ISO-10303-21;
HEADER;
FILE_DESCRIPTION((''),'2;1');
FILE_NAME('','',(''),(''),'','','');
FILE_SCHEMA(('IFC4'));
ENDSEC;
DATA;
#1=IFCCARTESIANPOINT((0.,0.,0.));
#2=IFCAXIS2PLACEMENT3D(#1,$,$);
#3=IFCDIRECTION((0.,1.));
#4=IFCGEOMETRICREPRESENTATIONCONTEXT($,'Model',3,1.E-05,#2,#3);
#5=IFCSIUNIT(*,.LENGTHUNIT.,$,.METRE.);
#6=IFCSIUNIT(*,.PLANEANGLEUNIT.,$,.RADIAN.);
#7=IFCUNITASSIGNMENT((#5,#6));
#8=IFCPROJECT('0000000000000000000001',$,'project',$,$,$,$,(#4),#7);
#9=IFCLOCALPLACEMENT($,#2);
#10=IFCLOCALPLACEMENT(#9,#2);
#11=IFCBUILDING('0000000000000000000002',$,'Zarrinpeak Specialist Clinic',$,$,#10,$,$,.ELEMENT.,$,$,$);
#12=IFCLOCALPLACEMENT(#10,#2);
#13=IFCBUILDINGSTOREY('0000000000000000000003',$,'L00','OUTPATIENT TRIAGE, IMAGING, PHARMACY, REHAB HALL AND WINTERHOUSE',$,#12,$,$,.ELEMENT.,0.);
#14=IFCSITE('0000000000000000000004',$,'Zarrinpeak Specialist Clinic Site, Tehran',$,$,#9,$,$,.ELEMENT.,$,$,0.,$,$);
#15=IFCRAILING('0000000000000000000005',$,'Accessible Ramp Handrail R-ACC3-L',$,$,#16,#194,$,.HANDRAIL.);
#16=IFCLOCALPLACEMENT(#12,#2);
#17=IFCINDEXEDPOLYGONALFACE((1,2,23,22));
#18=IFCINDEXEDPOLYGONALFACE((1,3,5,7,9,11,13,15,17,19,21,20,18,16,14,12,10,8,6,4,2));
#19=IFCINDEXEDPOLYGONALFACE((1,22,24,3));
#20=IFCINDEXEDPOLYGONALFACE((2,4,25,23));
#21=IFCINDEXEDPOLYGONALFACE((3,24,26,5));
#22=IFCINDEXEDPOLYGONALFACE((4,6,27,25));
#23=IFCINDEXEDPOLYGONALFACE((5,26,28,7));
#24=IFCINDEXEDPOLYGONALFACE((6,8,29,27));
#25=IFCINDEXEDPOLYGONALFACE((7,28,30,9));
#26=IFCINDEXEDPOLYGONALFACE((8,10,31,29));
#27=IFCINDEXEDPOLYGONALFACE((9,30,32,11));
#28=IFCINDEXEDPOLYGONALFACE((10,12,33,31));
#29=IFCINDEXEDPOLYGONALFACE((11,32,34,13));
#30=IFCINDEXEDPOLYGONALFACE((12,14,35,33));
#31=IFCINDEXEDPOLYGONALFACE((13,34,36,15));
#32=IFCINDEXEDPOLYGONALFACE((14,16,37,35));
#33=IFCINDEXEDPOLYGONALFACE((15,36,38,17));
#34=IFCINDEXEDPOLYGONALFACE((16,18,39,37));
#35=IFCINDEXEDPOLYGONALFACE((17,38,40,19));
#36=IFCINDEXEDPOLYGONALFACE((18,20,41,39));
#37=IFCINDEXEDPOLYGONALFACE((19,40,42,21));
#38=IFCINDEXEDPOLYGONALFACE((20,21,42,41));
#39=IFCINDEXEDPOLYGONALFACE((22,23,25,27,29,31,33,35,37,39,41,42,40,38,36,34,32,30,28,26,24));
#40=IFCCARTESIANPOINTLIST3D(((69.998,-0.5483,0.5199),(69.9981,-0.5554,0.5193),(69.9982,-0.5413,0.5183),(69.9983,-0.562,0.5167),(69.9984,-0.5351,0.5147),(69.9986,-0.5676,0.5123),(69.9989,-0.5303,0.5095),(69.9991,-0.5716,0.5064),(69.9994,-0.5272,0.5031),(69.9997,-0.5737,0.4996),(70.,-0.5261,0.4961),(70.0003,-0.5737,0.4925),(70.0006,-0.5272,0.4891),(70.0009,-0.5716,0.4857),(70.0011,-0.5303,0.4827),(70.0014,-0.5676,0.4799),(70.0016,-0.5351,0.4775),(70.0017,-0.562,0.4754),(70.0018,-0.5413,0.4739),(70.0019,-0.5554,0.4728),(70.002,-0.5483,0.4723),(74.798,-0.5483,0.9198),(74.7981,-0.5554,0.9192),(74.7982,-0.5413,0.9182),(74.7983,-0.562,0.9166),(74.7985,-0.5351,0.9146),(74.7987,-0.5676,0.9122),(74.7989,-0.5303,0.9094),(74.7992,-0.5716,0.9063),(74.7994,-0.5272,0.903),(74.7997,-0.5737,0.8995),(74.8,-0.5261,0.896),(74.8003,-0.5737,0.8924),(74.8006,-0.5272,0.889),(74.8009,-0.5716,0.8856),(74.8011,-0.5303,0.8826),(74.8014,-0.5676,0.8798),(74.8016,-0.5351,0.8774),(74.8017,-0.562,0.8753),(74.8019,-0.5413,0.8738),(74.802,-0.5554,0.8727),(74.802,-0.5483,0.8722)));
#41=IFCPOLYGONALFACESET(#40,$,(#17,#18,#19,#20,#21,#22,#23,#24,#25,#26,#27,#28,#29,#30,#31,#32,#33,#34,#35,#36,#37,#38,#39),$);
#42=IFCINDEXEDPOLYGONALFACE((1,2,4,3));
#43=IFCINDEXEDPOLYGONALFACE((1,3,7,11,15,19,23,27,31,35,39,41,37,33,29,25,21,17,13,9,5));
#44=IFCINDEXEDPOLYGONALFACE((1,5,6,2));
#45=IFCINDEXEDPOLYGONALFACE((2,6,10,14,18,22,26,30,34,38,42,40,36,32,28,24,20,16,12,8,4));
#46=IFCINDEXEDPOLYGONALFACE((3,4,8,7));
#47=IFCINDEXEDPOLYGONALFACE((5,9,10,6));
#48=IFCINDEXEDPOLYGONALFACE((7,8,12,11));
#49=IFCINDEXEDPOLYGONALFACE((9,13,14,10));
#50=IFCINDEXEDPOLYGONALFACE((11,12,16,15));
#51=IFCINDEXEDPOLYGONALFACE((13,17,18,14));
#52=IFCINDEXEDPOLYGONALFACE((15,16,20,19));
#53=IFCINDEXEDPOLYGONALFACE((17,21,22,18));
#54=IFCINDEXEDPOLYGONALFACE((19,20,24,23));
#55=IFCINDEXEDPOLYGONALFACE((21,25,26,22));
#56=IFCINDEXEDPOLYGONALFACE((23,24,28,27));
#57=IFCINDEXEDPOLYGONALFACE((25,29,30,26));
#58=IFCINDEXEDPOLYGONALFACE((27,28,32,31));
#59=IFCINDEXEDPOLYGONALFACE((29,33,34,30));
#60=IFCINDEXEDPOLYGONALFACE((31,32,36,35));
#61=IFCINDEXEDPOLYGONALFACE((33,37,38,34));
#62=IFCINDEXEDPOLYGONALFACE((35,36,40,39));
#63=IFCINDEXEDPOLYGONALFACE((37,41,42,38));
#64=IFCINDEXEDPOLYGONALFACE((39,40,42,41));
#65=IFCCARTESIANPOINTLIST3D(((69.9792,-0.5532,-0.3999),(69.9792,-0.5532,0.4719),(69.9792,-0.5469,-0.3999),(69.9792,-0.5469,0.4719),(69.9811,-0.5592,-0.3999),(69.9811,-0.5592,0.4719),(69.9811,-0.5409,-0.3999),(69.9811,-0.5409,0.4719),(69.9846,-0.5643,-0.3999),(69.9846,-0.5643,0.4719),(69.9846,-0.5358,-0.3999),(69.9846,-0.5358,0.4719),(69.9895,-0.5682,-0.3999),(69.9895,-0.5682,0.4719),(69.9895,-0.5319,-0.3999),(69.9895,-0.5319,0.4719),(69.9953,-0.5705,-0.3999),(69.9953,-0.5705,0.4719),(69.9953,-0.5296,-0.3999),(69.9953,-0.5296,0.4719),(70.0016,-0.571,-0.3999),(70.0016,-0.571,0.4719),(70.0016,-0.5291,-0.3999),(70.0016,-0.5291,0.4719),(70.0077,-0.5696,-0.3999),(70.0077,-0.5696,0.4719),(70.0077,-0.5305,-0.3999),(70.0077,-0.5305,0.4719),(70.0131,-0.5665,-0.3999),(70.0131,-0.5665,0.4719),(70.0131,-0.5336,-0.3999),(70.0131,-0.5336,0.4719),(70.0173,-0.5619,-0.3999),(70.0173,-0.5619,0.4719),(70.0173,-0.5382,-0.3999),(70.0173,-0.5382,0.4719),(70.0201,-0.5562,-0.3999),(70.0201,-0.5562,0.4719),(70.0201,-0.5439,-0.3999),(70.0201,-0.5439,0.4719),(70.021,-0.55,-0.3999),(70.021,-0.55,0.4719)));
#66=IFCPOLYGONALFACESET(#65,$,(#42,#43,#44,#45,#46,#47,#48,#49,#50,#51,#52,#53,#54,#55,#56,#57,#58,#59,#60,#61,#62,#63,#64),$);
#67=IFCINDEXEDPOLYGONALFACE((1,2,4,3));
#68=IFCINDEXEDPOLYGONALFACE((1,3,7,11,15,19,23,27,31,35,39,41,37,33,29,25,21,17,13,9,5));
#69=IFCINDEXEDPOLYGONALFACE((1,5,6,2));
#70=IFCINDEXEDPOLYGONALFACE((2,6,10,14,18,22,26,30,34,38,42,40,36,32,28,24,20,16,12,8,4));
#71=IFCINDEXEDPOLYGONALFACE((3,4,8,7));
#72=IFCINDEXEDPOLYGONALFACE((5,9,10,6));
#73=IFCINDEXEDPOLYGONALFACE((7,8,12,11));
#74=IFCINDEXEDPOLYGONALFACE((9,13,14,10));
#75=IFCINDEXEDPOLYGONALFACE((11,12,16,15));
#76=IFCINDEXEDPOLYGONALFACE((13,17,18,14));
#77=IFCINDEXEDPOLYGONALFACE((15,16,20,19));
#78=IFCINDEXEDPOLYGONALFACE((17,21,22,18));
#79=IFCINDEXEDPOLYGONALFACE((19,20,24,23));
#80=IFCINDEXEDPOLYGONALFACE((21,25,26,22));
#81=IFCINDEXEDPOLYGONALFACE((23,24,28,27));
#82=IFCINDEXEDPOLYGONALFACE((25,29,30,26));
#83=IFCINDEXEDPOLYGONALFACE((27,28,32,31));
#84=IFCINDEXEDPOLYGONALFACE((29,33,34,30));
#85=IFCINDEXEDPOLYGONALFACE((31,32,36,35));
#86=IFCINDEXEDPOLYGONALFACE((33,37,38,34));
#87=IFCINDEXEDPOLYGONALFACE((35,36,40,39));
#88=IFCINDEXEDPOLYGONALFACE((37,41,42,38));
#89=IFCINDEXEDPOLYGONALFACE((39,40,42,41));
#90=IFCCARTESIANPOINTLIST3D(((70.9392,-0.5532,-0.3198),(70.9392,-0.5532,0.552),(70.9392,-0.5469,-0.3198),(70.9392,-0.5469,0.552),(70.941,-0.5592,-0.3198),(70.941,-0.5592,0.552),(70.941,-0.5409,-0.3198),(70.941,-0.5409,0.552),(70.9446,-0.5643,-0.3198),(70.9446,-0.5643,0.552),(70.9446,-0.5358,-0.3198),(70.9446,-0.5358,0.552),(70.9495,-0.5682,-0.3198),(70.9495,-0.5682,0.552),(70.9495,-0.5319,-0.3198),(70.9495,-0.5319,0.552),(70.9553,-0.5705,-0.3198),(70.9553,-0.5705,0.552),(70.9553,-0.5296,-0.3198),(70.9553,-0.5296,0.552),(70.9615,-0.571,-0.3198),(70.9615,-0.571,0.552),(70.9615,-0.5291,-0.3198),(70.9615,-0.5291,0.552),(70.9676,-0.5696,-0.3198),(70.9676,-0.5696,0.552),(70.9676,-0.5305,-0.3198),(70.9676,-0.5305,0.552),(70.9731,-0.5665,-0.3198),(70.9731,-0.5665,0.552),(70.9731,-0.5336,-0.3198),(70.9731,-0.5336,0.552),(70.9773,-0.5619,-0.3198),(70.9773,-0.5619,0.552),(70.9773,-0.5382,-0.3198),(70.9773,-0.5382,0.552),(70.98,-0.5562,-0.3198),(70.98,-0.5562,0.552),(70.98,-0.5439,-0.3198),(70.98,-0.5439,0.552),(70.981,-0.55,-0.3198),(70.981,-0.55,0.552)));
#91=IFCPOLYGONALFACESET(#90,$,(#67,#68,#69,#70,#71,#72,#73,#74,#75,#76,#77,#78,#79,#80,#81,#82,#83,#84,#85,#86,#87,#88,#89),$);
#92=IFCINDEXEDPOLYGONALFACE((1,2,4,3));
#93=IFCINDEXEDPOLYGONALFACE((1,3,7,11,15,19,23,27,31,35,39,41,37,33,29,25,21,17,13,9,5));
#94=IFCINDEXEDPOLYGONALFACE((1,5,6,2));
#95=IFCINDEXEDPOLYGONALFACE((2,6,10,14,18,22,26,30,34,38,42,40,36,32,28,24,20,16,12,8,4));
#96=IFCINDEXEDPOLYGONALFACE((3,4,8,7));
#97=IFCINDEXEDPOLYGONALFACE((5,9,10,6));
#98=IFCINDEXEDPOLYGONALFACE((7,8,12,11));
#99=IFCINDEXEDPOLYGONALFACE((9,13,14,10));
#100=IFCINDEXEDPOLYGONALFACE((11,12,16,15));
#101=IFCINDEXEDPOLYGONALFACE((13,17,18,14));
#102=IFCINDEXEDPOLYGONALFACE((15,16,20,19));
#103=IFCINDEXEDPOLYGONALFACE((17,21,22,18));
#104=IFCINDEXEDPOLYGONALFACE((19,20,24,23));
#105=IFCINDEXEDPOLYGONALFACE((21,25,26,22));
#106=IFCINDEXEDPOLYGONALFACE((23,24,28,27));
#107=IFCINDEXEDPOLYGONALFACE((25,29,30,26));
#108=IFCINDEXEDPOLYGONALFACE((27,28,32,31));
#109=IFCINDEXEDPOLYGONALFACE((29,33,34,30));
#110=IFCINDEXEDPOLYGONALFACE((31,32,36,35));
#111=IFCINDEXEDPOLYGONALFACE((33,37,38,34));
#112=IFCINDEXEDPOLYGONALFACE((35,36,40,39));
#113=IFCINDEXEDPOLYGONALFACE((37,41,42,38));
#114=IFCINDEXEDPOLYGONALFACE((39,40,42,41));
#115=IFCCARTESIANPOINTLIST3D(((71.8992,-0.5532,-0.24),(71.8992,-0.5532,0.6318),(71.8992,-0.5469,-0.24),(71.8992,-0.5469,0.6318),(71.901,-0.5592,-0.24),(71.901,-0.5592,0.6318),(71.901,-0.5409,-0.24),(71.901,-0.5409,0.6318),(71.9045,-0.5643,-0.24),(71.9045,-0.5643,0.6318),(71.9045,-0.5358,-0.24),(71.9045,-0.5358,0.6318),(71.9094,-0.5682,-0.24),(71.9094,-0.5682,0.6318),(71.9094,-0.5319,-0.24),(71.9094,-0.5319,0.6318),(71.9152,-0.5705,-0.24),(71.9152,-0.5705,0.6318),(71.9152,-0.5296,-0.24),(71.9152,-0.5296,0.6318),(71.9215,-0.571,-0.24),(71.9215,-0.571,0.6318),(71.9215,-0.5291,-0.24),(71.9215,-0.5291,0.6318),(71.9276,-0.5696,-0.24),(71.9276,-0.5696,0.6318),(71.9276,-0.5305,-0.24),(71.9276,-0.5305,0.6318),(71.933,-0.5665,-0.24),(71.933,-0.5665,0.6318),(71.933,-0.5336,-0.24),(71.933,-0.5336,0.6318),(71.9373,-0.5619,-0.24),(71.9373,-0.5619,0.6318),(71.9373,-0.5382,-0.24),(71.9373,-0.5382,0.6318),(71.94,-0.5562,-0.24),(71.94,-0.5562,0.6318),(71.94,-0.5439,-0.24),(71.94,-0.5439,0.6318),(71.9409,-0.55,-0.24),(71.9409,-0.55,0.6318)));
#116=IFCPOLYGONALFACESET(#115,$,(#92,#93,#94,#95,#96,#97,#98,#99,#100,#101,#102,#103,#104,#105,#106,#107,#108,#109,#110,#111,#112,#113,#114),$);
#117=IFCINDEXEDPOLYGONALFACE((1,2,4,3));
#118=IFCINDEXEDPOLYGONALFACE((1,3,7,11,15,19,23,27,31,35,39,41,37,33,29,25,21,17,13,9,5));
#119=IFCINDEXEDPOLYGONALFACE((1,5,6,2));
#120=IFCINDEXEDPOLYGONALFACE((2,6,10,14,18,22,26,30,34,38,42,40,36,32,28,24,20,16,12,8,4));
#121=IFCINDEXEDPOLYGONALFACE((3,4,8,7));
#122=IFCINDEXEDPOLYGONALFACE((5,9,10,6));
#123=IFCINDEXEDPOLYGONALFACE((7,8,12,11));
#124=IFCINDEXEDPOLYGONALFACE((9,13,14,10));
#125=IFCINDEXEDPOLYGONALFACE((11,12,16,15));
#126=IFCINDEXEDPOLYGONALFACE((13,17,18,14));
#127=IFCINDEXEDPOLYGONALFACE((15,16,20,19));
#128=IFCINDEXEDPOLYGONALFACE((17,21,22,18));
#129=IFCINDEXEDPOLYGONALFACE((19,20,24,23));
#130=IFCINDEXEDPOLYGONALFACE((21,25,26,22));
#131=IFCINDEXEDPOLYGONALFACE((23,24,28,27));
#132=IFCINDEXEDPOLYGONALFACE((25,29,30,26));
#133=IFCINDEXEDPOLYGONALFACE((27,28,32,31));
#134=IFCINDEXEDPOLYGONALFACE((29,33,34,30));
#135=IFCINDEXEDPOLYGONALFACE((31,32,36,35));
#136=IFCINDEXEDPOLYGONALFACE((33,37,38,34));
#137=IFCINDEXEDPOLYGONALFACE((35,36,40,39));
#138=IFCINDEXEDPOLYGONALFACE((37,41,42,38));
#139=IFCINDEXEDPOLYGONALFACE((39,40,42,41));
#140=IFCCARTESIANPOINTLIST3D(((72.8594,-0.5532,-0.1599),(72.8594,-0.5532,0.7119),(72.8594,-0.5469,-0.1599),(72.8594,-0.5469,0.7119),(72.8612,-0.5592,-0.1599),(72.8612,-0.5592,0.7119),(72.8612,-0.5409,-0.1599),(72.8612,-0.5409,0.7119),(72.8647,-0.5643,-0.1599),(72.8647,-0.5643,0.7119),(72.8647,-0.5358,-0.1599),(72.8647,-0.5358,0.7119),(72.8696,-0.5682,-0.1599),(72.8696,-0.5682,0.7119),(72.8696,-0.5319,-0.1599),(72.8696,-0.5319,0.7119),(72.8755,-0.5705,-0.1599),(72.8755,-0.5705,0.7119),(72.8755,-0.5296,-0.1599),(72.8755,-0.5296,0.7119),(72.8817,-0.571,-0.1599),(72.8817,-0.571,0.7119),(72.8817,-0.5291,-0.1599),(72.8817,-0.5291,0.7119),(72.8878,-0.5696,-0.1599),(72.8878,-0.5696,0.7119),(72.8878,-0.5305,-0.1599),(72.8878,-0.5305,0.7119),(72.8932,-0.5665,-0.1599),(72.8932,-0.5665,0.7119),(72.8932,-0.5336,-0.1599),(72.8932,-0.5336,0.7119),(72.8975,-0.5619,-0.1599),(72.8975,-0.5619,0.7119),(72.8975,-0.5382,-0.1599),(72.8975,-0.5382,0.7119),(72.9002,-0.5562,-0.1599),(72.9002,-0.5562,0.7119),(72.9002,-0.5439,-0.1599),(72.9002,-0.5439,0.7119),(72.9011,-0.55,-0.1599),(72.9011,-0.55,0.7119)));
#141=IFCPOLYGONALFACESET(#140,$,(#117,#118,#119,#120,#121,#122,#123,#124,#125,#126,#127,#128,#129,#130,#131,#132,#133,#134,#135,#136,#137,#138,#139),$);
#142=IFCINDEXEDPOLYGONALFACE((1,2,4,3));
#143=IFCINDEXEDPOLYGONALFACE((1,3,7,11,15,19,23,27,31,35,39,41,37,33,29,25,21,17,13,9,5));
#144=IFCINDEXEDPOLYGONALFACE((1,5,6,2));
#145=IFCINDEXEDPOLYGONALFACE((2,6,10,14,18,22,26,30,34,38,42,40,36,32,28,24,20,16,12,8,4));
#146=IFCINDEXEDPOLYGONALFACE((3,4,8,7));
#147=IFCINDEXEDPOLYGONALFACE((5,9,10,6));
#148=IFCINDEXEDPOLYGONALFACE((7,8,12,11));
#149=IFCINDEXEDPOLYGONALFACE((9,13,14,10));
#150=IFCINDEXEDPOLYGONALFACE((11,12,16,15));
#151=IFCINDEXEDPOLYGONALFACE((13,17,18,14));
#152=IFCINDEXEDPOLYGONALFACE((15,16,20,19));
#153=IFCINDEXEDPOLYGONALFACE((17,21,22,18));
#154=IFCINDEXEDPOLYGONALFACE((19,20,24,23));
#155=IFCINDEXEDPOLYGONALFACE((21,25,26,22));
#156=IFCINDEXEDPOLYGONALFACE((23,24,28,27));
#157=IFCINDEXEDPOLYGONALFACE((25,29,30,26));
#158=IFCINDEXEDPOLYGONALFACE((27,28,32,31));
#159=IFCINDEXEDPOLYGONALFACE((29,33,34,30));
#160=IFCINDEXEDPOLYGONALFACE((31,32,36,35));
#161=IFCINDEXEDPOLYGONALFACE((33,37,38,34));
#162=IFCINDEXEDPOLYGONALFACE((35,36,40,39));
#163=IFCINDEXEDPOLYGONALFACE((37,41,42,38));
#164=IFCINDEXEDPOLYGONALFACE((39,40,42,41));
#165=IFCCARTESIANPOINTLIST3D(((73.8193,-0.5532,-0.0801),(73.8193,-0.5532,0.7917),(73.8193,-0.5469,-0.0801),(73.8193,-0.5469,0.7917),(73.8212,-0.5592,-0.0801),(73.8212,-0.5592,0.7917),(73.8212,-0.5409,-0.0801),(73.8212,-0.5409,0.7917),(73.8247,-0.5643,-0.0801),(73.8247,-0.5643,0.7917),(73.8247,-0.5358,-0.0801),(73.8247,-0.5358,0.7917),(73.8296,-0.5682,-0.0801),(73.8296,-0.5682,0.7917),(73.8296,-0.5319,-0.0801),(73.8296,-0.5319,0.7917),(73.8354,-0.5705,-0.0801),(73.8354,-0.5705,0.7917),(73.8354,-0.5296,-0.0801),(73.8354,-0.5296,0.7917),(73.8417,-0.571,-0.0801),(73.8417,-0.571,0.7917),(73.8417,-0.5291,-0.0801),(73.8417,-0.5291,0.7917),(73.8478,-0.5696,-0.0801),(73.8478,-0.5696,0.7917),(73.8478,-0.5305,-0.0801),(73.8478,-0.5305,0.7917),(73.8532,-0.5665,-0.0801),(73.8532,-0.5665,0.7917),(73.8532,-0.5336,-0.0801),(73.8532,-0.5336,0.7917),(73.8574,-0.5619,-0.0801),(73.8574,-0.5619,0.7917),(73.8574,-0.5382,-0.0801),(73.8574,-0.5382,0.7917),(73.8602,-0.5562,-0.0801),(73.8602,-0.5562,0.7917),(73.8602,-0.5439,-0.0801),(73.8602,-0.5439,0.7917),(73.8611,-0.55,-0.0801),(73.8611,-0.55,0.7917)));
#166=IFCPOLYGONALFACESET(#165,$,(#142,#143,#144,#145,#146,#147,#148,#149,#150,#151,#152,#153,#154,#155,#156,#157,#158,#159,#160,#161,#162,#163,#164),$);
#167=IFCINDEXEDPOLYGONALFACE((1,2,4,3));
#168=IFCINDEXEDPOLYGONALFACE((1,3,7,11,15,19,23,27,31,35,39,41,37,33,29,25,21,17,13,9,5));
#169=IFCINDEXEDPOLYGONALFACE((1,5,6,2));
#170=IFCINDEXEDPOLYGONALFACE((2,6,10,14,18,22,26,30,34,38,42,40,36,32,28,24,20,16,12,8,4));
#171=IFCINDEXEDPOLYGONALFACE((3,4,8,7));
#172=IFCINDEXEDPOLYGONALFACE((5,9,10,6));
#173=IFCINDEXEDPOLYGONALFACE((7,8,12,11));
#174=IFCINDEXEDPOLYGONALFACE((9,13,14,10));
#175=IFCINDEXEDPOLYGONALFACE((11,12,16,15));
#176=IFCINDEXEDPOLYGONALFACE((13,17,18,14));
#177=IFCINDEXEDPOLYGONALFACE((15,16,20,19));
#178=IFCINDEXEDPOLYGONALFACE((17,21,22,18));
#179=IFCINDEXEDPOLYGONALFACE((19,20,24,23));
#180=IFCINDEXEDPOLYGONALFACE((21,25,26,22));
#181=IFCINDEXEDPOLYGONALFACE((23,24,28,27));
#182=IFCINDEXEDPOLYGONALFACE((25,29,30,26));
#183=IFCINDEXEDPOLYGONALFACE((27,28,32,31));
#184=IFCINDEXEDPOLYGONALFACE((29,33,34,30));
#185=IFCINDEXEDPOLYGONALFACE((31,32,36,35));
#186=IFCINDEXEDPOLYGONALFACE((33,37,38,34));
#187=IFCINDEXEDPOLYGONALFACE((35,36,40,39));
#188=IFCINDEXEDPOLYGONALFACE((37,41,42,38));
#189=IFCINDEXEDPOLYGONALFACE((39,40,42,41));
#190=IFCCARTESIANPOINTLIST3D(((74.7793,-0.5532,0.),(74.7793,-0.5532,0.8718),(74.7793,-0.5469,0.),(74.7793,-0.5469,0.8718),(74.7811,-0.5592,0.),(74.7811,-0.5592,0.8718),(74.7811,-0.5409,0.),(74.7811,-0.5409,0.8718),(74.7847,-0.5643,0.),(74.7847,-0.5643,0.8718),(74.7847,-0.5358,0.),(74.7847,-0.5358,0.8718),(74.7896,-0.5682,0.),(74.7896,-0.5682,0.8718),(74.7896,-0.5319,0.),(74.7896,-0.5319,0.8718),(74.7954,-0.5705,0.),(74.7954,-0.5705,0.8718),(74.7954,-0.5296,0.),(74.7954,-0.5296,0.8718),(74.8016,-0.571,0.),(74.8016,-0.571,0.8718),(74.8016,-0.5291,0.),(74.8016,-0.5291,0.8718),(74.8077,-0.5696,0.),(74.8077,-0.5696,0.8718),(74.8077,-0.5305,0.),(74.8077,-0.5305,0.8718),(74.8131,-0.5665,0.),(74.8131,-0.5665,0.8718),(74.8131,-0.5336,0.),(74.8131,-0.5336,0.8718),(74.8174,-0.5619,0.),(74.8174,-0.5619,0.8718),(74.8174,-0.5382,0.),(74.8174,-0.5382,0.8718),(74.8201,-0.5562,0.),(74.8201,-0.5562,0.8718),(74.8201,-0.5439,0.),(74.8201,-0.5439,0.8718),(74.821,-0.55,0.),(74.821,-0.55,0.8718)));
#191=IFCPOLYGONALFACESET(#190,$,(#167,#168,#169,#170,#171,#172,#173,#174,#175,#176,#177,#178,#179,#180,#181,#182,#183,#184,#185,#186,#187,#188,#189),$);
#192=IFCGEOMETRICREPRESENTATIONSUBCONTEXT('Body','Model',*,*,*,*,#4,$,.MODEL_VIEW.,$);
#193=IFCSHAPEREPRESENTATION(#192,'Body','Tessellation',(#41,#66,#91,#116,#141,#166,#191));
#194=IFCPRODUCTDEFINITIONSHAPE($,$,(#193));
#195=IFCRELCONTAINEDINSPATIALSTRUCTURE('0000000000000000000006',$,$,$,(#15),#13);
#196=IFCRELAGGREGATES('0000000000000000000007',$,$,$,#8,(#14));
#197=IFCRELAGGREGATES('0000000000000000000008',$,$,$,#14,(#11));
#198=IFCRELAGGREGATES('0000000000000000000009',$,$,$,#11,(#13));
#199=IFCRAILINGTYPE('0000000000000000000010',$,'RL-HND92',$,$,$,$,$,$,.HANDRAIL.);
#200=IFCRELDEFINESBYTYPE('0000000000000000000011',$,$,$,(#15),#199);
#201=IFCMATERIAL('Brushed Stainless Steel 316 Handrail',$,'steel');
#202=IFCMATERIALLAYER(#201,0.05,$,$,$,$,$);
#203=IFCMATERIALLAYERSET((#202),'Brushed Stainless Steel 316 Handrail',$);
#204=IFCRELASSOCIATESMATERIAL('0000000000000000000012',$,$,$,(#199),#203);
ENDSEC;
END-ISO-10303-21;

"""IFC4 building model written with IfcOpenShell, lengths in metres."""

from ifc_helpers import new_model, si_unit, direction, frame, origin, origin_2d, place, context, subcontext, project, spatial, circle, extrude, material, layer, layer_set, type_object, element, save


model = new_model("IFC4")

# Units and contexts
model_context = context("Model", 3, precision=1e-05, world=origin(), true_north=direction((0.0, 1.0)))
body_context = subcontext(model_context, "Body", "Model", "MODEL_VIEW")
ifc_project = project(units=[si_unit("LENGTHUNIT", "METRE"), si_unit("PLANEANGLEUNIT", "RADIAN")], contexts=[model_context])

# Site, building, storey
site_placement = place(None, origin())
site = spatial("IfcSite", under=ifc_project, at=site_placement, Name="Zarrinpeak Specialist Clinic Site, Tehran", CompositionType="ELEMENT", RefElevation=0.0)
building_placement = place(site_placement, origin())
building = spatial("IfcBuilding", under=site, at=building_placement, Name="Zarrinpeak Specialist Clinic", CompositionType="ELEMENT")
storey_placement = place(building_placement, origin())
storey = spatial("IfcBuildingStorey", under=building, at=storey_placement, Name="L00", Description="OUTPATIENT TRIAGE, IMAGING, PHARMACY, REHAB HALL AND WINTERHOUSE", CompositionType="ELEMENT", Elevation=0.0)

# Railing
ifc_material_1 = material(Name="Brushed Stainless Steel 316 Handrail", Category="steel")
ifc_layer_1 = layer(ifc_material_1, 0.05)
ifc_layer_set_1 = layer_set([ifc_layer_1], Name="Brushed Stainless Steel 316 Handrail")
railing_type = type_object("IfcRailingType", Name="RL-HND92", PredefinedType="HANDRAIL", material=ifc_layer_set_1)
for number, where, name in (
    (1, (70.0, -0.55, -0.3999), "Accessible Ramp Handrail R-ACC3-L"),
):
    element("IfcRailing", number, at=place(storey_placement, frame(where)), inside=storey, type_object=railing_type, Name=name, PredefinedType="HANDRAIL", context=body_context, shape_type="SweptSolid", body=[
        extrude(circle(Radius=0.0239, at=origin_2d()), frame((0.0, 0.0, 0.896), z_axis=(0.996548, 0.0, 0.083025), x_axis=(0.0, 1.0, 0.0)), (0.0, 0.0, 1.0), 4.8167),
        extrude(circle(Radius=0.021, at=origin_2d()), origin(), (0.0, 0.0, 1.0), 0.8718),
        extrude(circle(Radius=0.021, at=origin_2d()), frame((0.96, 0.0, 0.0801)), (0.0, 0.0, 1.0), 0.8718),
        extrude(circle(Radius=0.021, at=origin_2d()), frame((1.9199, 0.0, 0.1599)), (0.0, 0.0, 1.0), 0.8718),
        extrude(circle(Radius=0.021, at=origin_2d()), frame((2.8801, 0.0, 0.24)), (0.0, 0.0, 1.0), 0.8718),
        extrude(circle(Radius=0.021, at=origin_2d()), frame((3.8401, 0.0, 0.3198)), (0.0, 0.0, 1.0), 0.8718),
        extrude(circle(Radius=0.021, at=origin_2d()), frame((4.8, 0.0, 0.3999)), (0.0, 0.0, 1.0), 0.8718),
    ])

save(model, "model.ifc")
